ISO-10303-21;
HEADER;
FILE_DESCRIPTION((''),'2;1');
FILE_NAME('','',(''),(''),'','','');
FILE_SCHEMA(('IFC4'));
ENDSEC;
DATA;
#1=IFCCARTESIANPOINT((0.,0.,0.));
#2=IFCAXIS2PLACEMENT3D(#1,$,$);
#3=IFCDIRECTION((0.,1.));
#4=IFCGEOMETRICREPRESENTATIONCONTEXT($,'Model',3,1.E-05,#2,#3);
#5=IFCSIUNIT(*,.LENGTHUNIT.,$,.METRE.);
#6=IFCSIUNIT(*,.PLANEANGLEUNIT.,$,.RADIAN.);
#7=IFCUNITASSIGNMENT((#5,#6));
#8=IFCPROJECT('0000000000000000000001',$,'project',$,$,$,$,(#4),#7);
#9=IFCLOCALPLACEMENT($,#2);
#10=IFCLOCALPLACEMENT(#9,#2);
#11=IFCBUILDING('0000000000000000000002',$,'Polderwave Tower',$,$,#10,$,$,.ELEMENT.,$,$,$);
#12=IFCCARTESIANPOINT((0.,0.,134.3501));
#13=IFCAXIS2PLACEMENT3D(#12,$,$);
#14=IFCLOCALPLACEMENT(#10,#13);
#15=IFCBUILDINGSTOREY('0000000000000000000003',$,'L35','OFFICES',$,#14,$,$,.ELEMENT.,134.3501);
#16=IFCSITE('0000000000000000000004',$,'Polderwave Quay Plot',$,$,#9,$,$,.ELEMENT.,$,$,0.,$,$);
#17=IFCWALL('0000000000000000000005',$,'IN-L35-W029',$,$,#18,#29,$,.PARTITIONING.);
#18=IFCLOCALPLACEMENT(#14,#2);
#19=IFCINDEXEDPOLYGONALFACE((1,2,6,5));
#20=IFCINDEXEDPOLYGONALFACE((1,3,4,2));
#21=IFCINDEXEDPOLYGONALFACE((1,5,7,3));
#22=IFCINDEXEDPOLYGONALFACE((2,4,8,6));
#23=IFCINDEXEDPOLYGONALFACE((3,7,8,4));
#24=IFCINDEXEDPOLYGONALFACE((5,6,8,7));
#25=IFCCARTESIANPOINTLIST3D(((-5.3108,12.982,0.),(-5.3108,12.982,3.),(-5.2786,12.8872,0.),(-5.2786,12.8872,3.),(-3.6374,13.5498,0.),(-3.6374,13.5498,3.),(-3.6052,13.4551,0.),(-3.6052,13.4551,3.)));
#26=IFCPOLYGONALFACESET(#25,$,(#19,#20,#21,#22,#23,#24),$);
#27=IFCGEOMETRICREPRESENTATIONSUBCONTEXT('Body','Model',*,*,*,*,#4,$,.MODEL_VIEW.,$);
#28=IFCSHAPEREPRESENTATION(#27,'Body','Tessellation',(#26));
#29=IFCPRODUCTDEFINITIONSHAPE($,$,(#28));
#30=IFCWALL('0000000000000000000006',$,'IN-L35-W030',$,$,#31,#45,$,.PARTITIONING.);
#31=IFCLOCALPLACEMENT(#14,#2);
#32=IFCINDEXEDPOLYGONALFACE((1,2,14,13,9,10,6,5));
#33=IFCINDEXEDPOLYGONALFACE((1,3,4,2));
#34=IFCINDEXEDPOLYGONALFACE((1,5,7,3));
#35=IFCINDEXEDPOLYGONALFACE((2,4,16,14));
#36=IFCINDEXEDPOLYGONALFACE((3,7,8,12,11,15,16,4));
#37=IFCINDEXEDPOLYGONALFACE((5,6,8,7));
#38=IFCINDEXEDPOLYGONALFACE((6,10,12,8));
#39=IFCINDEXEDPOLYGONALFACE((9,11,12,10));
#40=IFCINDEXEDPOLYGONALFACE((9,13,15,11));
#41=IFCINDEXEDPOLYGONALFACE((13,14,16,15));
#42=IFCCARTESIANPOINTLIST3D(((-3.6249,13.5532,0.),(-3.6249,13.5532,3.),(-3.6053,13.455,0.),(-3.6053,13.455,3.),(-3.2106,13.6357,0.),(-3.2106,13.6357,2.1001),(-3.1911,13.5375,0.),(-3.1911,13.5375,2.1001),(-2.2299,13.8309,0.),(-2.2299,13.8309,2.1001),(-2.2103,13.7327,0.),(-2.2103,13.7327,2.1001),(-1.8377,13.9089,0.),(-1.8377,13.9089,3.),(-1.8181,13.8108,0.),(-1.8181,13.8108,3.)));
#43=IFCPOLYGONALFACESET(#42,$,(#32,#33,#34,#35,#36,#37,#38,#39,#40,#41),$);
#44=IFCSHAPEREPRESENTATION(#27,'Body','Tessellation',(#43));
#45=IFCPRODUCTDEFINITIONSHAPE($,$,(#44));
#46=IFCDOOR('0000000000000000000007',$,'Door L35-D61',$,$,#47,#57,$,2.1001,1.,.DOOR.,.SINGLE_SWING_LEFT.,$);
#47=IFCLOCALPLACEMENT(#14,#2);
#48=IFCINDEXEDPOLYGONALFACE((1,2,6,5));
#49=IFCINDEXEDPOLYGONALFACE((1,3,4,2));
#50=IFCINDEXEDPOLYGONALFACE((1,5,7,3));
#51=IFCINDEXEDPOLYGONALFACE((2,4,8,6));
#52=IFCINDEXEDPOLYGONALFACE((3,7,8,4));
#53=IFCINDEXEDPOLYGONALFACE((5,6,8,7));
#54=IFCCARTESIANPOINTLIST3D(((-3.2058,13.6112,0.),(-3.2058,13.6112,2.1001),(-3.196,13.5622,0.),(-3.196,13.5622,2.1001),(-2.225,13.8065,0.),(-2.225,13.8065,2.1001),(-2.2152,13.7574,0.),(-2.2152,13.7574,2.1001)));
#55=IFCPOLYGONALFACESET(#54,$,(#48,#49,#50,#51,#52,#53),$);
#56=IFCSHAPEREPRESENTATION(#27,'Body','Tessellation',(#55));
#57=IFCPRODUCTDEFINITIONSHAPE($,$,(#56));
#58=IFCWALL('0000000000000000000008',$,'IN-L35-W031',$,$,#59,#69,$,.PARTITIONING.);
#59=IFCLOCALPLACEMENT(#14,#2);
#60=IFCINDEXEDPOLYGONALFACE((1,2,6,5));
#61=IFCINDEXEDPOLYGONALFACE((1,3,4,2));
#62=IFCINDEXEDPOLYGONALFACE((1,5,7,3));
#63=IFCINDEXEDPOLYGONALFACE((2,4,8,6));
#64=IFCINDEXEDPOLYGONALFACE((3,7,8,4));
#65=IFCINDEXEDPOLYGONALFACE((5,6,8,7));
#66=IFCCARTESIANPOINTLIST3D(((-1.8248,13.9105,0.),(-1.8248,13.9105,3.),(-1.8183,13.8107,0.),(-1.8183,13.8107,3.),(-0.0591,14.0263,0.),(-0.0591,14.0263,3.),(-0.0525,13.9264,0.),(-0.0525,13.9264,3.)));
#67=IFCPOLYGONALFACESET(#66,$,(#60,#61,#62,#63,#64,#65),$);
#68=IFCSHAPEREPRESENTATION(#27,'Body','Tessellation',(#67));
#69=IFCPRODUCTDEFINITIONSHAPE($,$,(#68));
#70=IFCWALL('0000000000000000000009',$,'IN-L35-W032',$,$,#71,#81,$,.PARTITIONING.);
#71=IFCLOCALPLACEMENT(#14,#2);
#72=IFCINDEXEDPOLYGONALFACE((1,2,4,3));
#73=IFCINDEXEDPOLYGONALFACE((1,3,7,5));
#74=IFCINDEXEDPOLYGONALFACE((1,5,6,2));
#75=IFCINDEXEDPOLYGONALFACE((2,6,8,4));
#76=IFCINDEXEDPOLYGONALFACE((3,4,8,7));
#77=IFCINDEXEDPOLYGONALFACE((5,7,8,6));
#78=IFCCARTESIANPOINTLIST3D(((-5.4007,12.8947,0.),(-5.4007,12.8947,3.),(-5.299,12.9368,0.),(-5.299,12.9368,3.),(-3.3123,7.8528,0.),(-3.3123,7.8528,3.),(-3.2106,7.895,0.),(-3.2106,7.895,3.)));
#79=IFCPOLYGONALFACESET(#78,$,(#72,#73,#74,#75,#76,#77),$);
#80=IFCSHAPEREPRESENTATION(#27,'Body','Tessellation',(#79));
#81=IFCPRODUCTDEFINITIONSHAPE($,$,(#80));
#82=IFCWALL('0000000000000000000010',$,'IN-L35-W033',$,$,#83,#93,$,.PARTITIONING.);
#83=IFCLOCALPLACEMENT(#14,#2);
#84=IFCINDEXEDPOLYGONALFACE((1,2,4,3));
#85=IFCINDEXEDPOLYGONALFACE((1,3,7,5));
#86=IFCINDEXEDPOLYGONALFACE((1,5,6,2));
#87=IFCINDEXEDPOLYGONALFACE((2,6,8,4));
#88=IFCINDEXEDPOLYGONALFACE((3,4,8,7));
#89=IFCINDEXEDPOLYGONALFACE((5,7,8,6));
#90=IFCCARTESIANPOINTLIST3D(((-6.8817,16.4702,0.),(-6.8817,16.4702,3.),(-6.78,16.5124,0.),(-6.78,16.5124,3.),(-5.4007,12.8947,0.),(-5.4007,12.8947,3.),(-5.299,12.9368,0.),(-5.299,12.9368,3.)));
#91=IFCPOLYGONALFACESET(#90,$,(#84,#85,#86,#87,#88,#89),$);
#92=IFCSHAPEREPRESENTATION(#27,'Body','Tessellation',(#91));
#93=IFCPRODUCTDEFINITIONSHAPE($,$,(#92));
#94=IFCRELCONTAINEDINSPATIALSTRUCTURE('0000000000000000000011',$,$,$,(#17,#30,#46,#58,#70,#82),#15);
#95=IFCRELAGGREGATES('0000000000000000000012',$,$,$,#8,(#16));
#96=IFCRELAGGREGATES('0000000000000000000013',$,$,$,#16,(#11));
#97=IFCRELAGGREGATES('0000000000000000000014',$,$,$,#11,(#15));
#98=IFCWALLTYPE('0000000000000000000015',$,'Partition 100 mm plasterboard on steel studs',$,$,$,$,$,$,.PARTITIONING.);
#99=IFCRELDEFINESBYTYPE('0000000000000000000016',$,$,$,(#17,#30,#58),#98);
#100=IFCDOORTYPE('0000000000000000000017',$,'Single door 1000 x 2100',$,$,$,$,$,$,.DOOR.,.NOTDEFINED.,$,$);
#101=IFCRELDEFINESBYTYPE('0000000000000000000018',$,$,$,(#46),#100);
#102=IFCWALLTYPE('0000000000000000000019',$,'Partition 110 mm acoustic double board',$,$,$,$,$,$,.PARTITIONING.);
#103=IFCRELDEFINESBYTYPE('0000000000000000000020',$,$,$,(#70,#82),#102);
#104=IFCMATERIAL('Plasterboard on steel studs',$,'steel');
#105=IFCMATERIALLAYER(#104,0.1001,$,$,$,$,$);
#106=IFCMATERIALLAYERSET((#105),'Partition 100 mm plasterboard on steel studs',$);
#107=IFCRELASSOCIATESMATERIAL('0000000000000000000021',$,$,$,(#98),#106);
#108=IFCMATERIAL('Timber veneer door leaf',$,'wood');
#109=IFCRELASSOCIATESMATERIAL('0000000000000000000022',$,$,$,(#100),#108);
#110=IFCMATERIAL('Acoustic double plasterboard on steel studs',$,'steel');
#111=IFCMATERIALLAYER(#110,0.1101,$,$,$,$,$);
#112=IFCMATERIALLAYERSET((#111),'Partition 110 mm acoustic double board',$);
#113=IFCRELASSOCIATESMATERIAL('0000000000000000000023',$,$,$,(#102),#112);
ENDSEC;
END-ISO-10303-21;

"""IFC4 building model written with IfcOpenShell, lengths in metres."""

from ifc_helpers import new_model, si_unit, direction, frame, frame_2d, origin, place, context, subcontext, project, spatial, rectangle, extrude, material, layer, layer_set, type_object, element, fill, save


model = new_model("IFC4")

# Units and contexts
model_context = context("Model", 3, precision=1e-05, world=origin(), true_north=direction((0.0, 1.0)))
body_context = subcontext(model_context, "Body", "Model", "MODEL_VIEW")
ifc_project = project(units=[si_unit("LENGTHUNIT", "METRE"), si_unit("PLANEANGLEUNIT", "RADIAN")], contexts=[model_context])

# Site, building, storey
site_placement = place(None, origin())
site = spatial("IfcSite", under=ifc_project, at=site_placement, Name="Polderwave Quay Plot", CompositionType="ELEMENT", RefElevation=0.0)
building_placement = place(site_placement, origin())
building = spatial("IfcBuilding", under=site, at=building_placement, Name="Polderwave Tower", CompositionType="ELEMENT")
storey_placement = place(building_placement, frame((0.0, 0.0, 134.3501)))
storey = spatial("IfcBuildingStorey", under=building, at=storey_placement, Name="L35", Description="OFFICES", CompositionType="ELEMENT", Elevation=134.3501)

# Wall
ifc_material_1 = material(Name="Plasterboard on steel studs", Category="steel")
ifc_layer_1 = layer(ifc_material_1, 0.1001)
ifc_layer_set_1 = layer_set([ifc_layer_1], Name="Partition 100 mm plasterboard on steel studs")
wall_type_1 = type_object("IfcWallType", Name="Partition 100 mm plasterboard on steel studs", PredefinedType="PARTITIONING", material=ifc_layer_set_1)
wall_1_placement = place(storey_placement, frame((-5.2947, 12.9346, 0.0), z_axis=(0.0, 0.0, 1.0), x_axis=(0.946956, 0.321363, 0.0)))
element("IfcWall", 1, at=wall_1_placement, inside=storey, type_object=wall_type_1, Name="IN-L35-W029", PredefinedType="PARTITIONING", context=body_context, shape_type="SweptSolid", body=[
    extrude(rectangle(XDim=1.7671, YDim=0.1001, at=frame_2d((0.8835, 0.0))), origin(), (0.0, 0.0, 1.0), 3.0),
])

# Wall, opening, door
wall_2_placement = place(storey_placement, frame((-1.8279, 13.8599, 0.0), z_axis=(0.0, 0.0, 1.0), x_axis=(-0.980761, -0.195214, 0.0)))
wall_2 = element("IfcWall", 2, at=wall_2_placement, inside=storey, type_object=wall_type_1, Name="IN-L35-W030", PredefinedType="PARTITIONING", context=body_context, shape_type="SweptSolid", body=[
    extrude(rectangle(XDim=1.8223, YDim=0.1001, at=frame_2d((0.9111, 0.0))), origin(), (0.0, 0.0, 1.0), 3.0),
])
opening_placement = place(wall_2_placement, frame((0.3999, 0.0, 0.0)))
opening = element("IfcOpeningElement", 3, at=opening_placement, cuts=wall_2, PredefinedType="OPENING", context=body_context, shape_type="SweptSolid", body=[
    extrude(rectangle(XDim=1.0, YDim=2.1001, at=frame_2d((0.5, 1.05))), frame((0.0, 0.0601, 0.0), z_axis=(0.0, -1.0, 0.0), x_axis=(1.0, 0.0, 0.0)), (0.0, 0.0, 1.0), 0.1201),
])
ifc_material_2 = material(Name="Timber veneer door leaf", Category="wood")
door_type = type_object("IfcDoorType", Name="Single door 1000 x 2100", OperationType="NOTDEFINED", PredefinedType="DOOR", material=ifc_material_2)
door_placement = place(opening_placement, origin())
door = element("IfcDoor", 4, at=door_placement, inside=storey, type_object=door_type, Name="Door L35-D61", OperationType="SINGLE_SWING_LEFT", OverallHeight=2.1001, OverallWidth=1.0, PredefinedType="DOOR", context=body_context, shape_type="SweptSolid", body=[
    extrude(rectangle(XDim=1.0, YDim=2.1001, at=frame_2d((0.5, 1.05))), frame((0.0, 0.0249, 0.0), z_axis=(0.0, -1.0, 0.0), x_axis=(1.0, 0.0, 0.0)), (0.0, 0.0, 1.0), 0.05),
])
fill(opening, door)

# Walls
wall_3_placement = place(storey_placement, frame((-1.8215, 13.8606, 0.0), z_axis=(0.0, 0.0, 1.0), x_axis=(0.997859, 0.065402, 0.0)))
element("IfcWall", 5, at=wall_3_placement, inside=storey, type_object=wall_type_1, Name="IN-L35-W031", PredefinedType="PARTITIONING", context=body_context, shape_type="SweptSolid", body=[
    extrude(rectangle(XDim=1.7695, YDim=0.1001, at=frame_2d((0.8848, 0.0))), origin(), (0.0, 0.0, 1.0), 3.0),
])
ifc_material_3 = material(Name="Acoustic double plasterboard on steel studs", Category="steel")
ifc_layer_2 = layer(ifc_material_3, 0.1101)
ifc_layer_set_2 = layer_set([ifc_layer_2], Name="Partition 110 mm acoustic double board")
wall_type_2 = type_object("IfcWallType", Name="Partition 110 mm acoustic double board", PredefinedType="PARTITIONING", material=ifc_layer_set_2)
wall_4_placement = place(storey_placement, frame((-3.2615, 7.874, 0.0), z_axis=(0.0, 0.0, 1.0), x_axis=(-0.382686, 0.923878, 0.0)))
element("IfcWall", 6, at=wall_4_placement, inside=storey, type_object=wall_type_2, Name="IN-L35-W032", PredefinedType="PARTITIONING", context=body_context, shape_type="SweptSolid", body=[
    extrude(rectangle(XDim=5.4573, YDim=0.1101, at=frame_2d((2.7285, 0.0))), origin(), (0.0, 0.0, 1.0), 3.0),
])
wall_5_placement = place(storey_placement, frame((-5.3499, 12.9158, 0.0), z_axis=(0.0, 0.0, 1.0), x_axis=(-0.382675, 0.923883, 0.0)))
element("IfcWall", 7, at=wall_5_placement, inside=storey, type_object=wall_type_2, Name="IN-L35-W033", PredefinedType="PARTITIONING", context=body_context, shape_type="SweptSolid", body=[
    extrude(rectangle(XDim=3.8701, YDim=0.1101, at=frame_2d((1.9351, 0.0))), origin(), (0.0, 0.0, 1.0), 3.0),
])

save(model, "model.ifc")
